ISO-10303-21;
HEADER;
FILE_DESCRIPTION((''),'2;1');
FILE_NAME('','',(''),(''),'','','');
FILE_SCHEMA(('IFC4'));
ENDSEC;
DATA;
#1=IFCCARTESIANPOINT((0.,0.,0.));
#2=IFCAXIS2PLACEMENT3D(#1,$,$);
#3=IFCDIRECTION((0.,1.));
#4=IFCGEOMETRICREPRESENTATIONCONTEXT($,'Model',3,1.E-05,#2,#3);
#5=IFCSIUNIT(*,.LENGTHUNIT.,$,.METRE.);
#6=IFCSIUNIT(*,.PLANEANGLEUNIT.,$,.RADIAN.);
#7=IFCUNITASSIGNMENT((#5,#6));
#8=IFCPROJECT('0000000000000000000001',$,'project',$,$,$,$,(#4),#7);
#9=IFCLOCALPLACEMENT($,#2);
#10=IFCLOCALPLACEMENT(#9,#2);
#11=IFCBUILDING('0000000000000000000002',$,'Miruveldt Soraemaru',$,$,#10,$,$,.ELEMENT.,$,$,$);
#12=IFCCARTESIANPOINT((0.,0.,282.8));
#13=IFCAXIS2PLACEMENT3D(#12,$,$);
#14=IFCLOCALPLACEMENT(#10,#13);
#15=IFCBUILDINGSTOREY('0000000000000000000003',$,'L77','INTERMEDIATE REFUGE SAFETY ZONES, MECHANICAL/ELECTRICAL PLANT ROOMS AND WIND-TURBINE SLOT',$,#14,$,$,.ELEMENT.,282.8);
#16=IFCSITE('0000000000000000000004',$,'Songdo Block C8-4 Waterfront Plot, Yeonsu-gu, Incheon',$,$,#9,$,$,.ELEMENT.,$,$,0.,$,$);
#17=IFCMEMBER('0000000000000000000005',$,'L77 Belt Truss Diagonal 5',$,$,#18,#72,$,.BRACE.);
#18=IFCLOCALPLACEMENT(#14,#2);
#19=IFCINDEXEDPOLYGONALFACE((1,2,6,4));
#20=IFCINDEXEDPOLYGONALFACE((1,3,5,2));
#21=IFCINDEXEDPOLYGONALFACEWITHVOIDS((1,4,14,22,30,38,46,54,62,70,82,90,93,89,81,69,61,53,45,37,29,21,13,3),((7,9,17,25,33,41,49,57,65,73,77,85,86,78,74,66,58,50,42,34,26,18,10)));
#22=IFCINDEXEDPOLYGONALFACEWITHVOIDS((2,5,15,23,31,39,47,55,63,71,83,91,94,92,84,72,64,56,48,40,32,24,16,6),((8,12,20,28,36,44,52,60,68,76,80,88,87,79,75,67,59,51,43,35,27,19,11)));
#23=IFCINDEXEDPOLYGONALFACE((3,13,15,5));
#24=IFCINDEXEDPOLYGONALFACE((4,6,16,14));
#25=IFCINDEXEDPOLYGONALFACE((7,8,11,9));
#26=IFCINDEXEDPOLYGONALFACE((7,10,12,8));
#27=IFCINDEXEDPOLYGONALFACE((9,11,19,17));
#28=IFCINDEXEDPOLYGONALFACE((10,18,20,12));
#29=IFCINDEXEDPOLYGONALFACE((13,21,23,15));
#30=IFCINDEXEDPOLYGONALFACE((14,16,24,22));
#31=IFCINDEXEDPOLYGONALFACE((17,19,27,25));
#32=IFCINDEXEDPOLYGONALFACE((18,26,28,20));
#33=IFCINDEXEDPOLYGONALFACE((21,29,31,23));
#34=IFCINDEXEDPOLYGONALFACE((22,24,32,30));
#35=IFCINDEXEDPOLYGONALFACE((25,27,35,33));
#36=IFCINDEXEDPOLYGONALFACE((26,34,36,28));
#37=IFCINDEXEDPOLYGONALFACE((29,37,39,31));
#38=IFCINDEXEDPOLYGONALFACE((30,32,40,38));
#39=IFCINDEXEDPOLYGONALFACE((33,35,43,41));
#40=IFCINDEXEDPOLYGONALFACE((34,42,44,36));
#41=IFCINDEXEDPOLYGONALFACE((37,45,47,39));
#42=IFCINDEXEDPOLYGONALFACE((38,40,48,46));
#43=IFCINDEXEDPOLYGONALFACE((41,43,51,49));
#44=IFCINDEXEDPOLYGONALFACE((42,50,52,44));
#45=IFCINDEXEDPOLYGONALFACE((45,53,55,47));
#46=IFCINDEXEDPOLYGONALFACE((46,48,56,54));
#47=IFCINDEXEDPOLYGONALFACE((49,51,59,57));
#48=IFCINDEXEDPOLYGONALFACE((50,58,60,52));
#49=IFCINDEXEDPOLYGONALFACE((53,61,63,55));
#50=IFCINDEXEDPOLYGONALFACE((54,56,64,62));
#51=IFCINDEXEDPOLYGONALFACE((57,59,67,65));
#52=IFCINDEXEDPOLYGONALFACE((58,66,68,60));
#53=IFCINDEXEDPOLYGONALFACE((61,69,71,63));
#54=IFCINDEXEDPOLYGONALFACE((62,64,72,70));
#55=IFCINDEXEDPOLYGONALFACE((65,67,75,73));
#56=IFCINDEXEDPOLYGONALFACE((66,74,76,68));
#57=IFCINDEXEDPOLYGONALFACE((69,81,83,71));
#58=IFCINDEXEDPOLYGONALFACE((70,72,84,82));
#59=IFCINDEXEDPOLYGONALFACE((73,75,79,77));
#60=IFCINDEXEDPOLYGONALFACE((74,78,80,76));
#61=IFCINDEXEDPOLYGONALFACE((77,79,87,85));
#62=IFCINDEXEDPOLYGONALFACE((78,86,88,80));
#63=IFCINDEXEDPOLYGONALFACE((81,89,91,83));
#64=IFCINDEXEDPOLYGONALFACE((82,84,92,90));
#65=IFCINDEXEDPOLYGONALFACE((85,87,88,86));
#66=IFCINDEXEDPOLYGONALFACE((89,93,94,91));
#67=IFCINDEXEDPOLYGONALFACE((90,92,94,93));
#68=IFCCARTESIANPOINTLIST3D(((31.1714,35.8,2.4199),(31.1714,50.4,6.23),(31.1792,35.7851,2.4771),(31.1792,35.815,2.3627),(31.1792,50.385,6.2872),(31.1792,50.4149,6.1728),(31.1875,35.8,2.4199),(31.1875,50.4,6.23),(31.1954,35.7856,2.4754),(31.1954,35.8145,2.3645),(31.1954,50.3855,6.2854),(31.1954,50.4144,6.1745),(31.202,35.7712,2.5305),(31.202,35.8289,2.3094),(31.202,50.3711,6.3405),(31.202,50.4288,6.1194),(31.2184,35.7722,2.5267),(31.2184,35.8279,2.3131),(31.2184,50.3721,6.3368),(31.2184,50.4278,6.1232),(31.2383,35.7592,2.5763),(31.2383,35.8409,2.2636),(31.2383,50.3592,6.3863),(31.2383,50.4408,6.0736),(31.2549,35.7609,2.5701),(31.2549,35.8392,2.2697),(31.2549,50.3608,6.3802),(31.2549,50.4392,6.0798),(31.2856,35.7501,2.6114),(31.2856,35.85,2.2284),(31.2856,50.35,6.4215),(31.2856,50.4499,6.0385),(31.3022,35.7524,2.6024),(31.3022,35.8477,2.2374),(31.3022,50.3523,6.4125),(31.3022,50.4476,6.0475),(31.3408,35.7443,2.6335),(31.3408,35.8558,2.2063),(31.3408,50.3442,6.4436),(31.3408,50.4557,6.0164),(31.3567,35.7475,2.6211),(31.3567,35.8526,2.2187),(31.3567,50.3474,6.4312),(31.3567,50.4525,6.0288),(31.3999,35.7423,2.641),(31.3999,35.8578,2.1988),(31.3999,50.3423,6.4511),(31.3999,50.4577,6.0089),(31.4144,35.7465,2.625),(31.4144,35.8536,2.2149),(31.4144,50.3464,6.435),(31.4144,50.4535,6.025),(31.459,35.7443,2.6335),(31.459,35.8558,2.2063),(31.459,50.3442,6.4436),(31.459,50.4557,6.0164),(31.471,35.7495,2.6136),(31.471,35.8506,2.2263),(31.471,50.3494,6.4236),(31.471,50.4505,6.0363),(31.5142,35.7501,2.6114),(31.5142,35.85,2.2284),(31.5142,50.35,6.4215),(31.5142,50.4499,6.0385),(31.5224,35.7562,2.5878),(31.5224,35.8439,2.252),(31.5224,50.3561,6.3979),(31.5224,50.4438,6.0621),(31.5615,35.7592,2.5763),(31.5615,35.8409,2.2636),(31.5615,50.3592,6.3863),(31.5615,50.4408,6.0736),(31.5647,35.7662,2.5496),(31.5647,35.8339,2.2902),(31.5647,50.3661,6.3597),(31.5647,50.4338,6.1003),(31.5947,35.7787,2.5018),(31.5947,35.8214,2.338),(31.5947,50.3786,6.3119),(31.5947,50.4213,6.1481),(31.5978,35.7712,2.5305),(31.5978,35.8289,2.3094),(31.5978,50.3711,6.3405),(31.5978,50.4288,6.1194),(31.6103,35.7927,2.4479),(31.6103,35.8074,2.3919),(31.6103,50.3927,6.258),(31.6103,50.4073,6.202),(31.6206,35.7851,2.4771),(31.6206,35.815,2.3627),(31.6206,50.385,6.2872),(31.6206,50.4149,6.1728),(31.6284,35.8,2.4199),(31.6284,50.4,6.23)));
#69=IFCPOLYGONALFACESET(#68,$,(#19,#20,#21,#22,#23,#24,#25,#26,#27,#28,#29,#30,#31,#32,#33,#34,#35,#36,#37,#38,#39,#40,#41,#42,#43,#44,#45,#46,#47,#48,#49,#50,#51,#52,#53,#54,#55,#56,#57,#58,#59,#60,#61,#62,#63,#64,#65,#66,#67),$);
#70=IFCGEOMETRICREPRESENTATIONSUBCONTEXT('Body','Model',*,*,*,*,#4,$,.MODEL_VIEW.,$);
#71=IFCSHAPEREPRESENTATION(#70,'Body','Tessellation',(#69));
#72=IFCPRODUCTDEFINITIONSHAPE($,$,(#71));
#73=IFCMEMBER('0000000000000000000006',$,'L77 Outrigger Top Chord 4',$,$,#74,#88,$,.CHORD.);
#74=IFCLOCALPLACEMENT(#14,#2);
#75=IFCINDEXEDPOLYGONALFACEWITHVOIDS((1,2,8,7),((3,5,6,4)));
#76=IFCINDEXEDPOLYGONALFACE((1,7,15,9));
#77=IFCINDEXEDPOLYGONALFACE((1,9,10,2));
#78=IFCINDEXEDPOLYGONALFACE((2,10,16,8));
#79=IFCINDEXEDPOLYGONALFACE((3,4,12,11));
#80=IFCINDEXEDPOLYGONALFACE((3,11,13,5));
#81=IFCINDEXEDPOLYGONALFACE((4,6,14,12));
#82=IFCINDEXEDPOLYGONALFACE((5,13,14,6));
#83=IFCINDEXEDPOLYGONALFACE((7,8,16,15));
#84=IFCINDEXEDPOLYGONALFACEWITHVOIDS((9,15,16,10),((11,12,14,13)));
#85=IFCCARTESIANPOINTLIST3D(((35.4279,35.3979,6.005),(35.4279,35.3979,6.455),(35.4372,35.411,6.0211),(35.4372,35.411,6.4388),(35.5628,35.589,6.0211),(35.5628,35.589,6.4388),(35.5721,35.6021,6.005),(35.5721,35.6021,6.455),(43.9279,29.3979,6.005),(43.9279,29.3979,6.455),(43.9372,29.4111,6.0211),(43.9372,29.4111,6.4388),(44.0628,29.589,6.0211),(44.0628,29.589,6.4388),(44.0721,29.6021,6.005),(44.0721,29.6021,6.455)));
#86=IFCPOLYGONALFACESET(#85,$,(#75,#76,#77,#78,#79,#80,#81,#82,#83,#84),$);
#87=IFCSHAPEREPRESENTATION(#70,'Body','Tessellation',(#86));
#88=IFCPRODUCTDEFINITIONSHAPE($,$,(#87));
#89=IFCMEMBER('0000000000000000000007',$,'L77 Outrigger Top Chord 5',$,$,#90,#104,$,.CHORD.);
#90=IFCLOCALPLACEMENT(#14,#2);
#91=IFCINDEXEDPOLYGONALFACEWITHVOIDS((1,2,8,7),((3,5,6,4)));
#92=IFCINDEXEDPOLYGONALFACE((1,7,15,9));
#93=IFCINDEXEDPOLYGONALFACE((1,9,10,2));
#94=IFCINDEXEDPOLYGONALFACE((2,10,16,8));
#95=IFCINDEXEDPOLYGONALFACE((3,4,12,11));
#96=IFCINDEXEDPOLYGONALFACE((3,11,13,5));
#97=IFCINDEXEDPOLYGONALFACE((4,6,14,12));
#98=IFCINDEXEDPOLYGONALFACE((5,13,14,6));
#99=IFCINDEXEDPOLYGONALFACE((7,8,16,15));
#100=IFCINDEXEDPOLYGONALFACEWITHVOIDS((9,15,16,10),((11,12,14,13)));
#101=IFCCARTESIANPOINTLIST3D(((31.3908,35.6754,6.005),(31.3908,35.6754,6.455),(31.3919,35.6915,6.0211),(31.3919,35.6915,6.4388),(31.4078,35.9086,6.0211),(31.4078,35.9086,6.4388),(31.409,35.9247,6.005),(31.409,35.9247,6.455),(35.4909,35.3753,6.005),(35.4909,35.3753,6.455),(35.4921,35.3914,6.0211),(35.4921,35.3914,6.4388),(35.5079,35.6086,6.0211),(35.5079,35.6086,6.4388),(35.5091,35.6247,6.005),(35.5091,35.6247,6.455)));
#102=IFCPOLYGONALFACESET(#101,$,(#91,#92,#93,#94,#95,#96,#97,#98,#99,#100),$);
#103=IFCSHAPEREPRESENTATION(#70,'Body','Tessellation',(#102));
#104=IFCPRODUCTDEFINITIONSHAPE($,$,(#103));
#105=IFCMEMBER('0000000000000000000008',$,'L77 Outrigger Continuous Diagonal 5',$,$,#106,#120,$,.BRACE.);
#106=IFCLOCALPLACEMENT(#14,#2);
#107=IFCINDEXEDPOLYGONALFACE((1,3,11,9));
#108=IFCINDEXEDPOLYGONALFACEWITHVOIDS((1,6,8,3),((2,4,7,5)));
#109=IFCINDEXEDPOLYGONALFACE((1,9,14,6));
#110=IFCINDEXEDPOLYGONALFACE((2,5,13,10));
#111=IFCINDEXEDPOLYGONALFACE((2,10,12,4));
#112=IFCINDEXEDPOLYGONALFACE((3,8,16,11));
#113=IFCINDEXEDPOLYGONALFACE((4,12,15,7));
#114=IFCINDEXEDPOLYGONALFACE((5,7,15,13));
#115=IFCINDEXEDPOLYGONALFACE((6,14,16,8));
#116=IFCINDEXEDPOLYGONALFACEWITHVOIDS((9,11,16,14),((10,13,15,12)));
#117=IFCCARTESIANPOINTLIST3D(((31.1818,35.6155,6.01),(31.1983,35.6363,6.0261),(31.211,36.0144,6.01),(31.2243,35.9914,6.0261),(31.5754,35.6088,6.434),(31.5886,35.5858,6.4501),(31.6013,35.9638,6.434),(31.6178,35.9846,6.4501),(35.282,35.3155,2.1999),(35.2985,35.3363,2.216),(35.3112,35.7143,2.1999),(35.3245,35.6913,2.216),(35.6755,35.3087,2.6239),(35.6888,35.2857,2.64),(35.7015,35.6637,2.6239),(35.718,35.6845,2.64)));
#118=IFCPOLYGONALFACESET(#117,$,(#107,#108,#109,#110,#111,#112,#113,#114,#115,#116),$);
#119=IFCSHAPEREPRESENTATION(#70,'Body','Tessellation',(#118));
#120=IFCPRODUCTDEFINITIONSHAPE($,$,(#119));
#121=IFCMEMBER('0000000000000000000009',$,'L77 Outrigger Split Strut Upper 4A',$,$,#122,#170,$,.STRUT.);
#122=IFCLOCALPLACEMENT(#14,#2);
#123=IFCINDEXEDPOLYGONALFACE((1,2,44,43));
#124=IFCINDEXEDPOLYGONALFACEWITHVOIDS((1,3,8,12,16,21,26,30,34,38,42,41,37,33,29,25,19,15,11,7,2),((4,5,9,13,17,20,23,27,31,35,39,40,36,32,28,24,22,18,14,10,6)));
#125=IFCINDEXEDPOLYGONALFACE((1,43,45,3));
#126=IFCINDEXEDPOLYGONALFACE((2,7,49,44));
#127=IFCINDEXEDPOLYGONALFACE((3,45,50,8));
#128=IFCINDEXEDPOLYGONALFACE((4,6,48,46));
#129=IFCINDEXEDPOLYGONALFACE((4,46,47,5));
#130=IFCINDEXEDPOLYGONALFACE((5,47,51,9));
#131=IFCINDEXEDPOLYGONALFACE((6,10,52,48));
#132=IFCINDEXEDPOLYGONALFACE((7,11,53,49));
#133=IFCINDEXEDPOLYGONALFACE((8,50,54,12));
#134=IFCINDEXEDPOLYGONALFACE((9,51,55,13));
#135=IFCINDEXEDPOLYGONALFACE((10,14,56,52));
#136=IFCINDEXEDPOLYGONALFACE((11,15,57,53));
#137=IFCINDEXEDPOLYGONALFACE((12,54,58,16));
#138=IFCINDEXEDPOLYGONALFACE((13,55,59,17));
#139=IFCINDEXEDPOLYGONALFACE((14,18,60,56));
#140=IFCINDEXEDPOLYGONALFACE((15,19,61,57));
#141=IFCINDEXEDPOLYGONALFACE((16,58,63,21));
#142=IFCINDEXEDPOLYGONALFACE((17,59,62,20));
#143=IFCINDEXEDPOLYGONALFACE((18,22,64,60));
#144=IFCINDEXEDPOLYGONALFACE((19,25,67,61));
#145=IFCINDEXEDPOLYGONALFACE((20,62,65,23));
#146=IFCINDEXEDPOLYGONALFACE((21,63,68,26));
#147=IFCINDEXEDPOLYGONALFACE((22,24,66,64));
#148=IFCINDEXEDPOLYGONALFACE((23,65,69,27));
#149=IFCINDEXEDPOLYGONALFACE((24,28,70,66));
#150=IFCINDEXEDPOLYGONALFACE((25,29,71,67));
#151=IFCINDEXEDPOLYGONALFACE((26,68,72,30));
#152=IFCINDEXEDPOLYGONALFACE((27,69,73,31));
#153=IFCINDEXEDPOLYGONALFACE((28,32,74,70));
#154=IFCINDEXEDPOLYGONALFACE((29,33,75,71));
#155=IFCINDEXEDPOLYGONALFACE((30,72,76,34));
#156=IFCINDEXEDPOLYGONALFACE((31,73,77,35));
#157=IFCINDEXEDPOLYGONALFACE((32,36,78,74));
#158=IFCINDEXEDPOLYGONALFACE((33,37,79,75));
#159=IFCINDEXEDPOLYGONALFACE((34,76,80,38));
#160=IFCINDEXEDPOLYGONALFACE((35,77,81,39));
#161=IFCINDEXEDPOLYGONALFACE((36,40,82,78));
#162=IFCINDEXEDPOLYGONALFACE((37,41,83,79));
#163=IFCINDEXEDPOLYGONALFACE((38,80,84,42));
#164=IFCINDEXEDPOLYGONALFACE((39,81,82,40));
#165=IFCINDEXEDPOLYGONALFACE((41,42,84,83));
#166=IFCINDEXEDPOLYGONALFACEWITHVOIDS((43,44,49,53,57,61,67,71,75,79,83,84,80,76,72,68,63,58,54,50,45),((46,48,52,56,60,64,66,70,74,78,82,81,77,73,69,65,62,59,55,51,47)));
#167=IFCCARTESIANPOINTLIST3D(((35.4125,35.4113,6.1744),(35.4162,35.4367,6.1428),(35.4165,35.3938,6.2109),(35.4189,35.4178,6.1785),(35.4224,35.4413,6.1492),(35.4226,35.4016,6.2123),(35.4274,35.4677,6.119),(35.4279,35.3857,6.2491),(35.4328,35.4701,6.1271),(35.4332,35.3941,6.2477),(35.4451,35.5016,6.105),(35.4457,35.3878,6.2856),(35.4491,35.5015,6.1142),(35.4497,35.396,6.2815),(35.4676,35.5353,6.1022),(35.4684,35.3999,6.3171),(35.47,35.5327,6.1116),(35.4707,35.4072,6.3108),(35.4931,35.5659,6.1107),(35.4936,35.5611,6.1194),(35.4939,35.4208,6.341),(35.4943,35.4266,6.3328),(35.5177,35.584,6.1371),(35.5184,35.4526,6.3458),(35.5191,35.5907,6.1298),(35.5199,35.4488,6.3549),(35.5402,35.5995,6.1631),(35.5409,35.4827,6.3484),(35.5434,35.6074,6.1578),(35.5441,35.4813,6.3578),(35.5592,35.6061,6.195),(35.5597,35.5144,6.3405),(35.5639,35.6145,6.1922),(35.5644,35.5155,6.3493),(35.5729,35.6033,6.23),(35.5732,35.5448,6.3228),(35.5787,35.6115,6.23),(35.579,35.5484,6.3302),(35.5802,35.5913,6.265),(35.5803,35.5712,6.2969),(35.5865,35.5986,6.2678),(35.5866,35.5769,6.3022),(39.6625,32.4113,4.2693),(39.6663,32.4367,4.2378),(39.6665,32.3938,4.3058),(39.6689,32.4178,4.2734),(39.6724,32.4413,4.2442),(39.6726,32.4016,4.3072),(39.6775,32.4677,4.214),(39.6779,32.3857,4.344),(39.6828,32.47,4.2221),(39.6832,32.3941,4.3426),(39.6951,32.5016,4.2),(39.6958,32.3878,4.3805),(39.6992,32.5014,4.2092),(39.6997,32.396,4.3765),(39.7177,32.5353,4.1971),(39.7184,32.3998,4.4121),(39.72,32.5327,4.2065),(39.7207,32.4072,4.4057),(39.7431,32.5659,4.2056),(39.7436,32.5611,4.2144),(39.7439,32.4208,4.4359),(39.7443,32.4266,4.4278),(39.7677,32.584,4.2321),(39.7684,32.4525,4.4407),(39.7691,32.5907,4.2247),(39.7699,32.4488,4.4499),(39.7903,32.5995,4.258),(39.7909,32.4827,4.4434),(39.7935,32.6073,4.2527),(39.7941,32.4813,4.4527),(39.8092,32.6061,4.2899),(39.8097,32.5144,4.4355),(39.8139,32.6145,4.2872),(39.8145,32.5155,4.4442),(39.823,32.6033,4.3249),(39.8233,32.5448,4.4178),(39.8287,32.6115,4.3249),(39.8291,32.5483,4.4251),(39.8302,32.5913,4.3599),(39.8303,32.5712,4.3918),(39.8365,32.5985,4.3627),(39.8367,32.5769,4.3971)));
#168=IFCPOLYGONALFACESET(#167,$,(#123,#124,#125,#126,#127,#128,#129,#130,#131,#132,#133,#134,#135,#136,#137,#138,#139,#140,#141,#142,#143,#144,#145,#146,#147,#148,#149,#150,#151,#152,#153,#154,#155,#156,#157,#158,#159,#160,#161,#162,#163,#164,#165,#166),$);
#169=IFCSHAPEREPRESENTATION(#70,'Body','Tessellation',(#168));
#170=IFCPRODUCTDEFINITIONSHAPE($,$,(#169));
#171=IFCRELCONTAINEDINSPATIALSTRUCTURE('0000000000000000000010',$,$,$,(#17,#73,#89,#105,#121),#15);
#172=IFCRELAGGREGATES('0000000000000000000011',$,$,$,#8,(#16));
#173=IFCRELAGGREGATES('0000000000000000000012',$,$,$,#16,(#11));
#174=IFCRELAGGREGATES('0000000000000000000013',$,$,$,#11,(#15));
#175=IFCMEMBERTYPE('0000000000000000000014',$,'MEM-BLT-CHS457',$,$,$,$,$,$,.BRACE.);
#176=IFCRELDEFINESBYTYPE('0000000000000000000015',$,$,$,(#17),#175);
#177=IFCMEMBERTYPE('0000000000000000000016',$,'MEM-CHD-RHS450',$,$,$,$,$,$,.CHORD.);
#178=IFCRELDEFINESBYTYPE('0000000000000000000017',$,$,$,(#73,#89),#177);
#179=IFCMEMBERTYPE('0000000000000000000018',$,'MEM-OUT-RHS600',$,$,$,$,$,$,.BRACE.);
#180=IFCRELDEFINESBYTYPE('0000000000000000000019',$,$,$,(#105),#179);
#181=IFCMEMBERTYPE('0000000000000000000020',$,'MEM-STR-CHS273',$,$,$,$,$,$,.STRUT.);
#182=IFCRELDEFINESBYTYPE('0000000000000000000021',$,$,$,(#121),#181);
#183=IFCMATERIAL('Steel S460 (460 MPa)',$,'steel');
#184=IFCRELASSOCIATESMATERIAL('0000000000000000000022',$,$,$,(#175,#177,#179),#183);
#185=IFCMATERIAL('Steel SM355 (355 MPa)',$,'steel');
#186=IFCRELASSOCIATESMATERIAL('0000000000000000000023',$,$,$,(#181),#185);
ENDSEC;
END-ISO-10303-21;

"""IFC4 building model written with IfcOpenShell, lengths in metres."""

from ifc_helpers import new_model, si_unit, direction, frame, origin, origin_2d, place, context, subcontext, project, spatial, hollow_rectangle, hollow_circle, extrude, material, material_profile, profile_set, type_object, element, save


model = new_model("IFC4")

# Units and contexts
model_context = context("Model", 3, precision=1e-05, world=origin(), true_north=direction((0.0, 1.0)))
body_context = subcontext(model_context, "Body", "Model", "MODEL_VIEW")
ifc_project = project(units=[si_unit("LENGTHUNIT", "METRE"), si_unit("PLANEANGLEUNIT", "RADIAN")], contexts=[model_context])

# Site, building, storey
site_placement = place(None, origin())
site = spatial("IfcSite", under=ifc_project, at=site_placement, Name="Songdo Block C8-4 Waterfront Plot, Yeonsu-gu, Incheon", CompositionType="ELEMENT", RefElevation=0.0)
building_placement = place(site_placement, origin())
building = spatial("IfcBuilding", under=site, at=building_placement, Name="Miruveldt Soraemaru", CompositionType="ELEMENT")
storey_placement = place(building_placement, frame((0.0, 0.0, 282.8)))
storey = spatial("IfcBuildingStorey", under=building, at=storey_placement, Name="L77", Description="INTERMEDIATE REFUGE SAFETY ZONES, MECHANICAL/ELECTRICAL PLANT ROOMS AND WIND-TURBINE SLOT", CompositionType="ELEMENT", Elevation=282.8)

# Shared definitions
ifc_material_1 = material(Name="Steel SM355 (355 MPa)", Category="steel")

# Members
ifc_material_2 = material(Name="Steel S460 (460 MPa)", Category="steel")
ifc_material_profile_1 = material_profile(ifc_material_2, hollow_circle(Radius=0.2285, WallThickness=0.0161, at=origin_2d()), Name="Steel S460 (460 MPa)", Category="steel")
ifc_profile_set_1 = profile_set([ifc_material_profile_1], Name="Steel S460 (460 MPa)")
member_type_1 = type_object("IfcMemberType", Name="MEM-BLT-CHS457", PredefinedType="BRACE", material=ifc_profile_set_1)
member_1_placement = place(storey_placement, frame((31.3999, 35.8, 2.4199), z_axis=(0.0, 0.967595, 0.252509), x_axis=(-1.0, 0.0, 0.0)))
element("IfcMember", 1, at=member_1_placement, inside=storey, type_object=member_type_1, Name="L77 Belt Truss Diagonal 5", PredefinedType="BRACE", context=body_context, shape_type="SweptSolid", body=[
    extrude(hollow_circle(Radius=0.2285, WallThickness=0.0161, at=origin_2d()), origin(), (0.0, 0.0, 1.0), 15.0889),
])
ifc_material_profile_2 = material_profile(ifc_material_2, hollow_rectangle(XDim=0.25, YDim=0.45, WallThickness=0.0161, at=origin_2d()), Name="Steel S460 (460 MPa)", Category="steel")
ifc_profile_set_2 = profile_set([ifc_material_profile_2], Name="Steel S460 (460 MPa)")
member_type_2 = type_object("IfcMemberType", Name="MEM-CHD-RHS450", PredefinedType="CHORD", material=ifc_profile_set_2)
member_2_placement = place(storey_placement, frame((35.5, 35.5, 6.23), z_axis=(0.816968, -0.576683, 0.0), x_axis=(0.576683, 0.816968, 0.0)))
element("IfcMember", 2, at=member_2_placement, inside=storey, type_object=member_type_2, Name="L77 Outrigger Top Chord 4", PredefinedType="CHORD", context=body_context, shape_type="SweptSolid", body=[
    extrude(hollow_rectangle(XDim=0.25, YDim=0.45, WallThickness=0.0161, at=origin_2d()), origin(), (0.0, 0.0, 1.0), 10.4043),
])
member_3_placement = place(storey_placement, frame((35.5, 35.5, 6.23), z_axis=(-0.997333, 0.072986, 0.0), x_axis=(-0.072986, -0.997333, 0.0)))
element("IfcMember", 3, at=member_3_placement, inside=storey, type_object=member_type_2, Name="L77 Outrigger Top Chord 5", PredefinedType="CHORD", context=body_context, shape_type="SweptSolid", body=[
    extrude(hollow_rectangle(XDim=0.25, YDim=0.45, WallThickness=0.0161, at=origin_2d()), origin(), (0.0, 0.0, 1.0), 4.1111),
])
ifc_material_profile_3 = material_profile(ifc_material_2, hollow_rectangle(XDim=0.3999, YDim=0.6001, WallThickness=0.022, at=origin_2d()), Name="Steel S460 (460 MPa)", Category="steel")
ifc_profile_set_3 = profile_set([ifc_material_profile_3], Name="Steel S460 (460 MPa)")
member_type_3 = type_object("IfcMemberType", Name="MEM-OUT-RHS600", PredefinedType="BRACE", material=ifc_profile_set_3)
member_4_placement = place(storey_placement, frame((35.5, 35.5, 2.4199), z_axis=(-0.731491, 0.053531, 0.679746), x_axis=(-0.072986, -0.997333, 0.0)))
element("IfcMember", 4, at=member_4_placement, inside=storey, type_object=member_type_3, Name="L77 Outrigger Continuous Diagonal 5", PredefinedType="BRACE", context=body_context, shape_type="SweptSolid", body=[
    extrude(hollow_rectangle(XDim=0.3999, YDim=0.6001, WallThickness=0.022, at=origin_2d()), origin(), (0.0, 0.0, 1.0), 5.6052),
])
ifc_material_profile_4 = material_profile(ifc_material_1, hollow_circle(Radius=0.1365, WallThickness=0.01, at=origin_2d()), Name="Steel SM355 (355 MPa)", Category="steel")
ifc_profile_set_4 = profile_set([ifc_material_profile_4], Name="Steel SM355 (355 MPa)")
member_type_4 = type_object("IfcMemberType", Name="MEM-STR-CHS273", PredefinedType="STRUT", material=ifc_profile_set_4)
member_5_placement = place(storey_placement, frame((35.5, 35.5, 6.23), z_axis=(0.767148, -0.541516, -0.343868), x_axis=(0.576683, 0.816968, 0.0)))
element("IfcMember", 5, at=member_5_placement, inside=storey, type_object=member_type_4, Name="L77 Outrigger Split Strut Upper 4A", PredefinedType="STRUT", context=body_context, shape_type="SweptSolid", body=[
    extrude(hollow_circle(Radius=0.1365, WallThickness=0.01, at=origin_2d()), origin(), (0.0, 0.0, 1.0), 5.54),
])

save(model, "model.ifc")
